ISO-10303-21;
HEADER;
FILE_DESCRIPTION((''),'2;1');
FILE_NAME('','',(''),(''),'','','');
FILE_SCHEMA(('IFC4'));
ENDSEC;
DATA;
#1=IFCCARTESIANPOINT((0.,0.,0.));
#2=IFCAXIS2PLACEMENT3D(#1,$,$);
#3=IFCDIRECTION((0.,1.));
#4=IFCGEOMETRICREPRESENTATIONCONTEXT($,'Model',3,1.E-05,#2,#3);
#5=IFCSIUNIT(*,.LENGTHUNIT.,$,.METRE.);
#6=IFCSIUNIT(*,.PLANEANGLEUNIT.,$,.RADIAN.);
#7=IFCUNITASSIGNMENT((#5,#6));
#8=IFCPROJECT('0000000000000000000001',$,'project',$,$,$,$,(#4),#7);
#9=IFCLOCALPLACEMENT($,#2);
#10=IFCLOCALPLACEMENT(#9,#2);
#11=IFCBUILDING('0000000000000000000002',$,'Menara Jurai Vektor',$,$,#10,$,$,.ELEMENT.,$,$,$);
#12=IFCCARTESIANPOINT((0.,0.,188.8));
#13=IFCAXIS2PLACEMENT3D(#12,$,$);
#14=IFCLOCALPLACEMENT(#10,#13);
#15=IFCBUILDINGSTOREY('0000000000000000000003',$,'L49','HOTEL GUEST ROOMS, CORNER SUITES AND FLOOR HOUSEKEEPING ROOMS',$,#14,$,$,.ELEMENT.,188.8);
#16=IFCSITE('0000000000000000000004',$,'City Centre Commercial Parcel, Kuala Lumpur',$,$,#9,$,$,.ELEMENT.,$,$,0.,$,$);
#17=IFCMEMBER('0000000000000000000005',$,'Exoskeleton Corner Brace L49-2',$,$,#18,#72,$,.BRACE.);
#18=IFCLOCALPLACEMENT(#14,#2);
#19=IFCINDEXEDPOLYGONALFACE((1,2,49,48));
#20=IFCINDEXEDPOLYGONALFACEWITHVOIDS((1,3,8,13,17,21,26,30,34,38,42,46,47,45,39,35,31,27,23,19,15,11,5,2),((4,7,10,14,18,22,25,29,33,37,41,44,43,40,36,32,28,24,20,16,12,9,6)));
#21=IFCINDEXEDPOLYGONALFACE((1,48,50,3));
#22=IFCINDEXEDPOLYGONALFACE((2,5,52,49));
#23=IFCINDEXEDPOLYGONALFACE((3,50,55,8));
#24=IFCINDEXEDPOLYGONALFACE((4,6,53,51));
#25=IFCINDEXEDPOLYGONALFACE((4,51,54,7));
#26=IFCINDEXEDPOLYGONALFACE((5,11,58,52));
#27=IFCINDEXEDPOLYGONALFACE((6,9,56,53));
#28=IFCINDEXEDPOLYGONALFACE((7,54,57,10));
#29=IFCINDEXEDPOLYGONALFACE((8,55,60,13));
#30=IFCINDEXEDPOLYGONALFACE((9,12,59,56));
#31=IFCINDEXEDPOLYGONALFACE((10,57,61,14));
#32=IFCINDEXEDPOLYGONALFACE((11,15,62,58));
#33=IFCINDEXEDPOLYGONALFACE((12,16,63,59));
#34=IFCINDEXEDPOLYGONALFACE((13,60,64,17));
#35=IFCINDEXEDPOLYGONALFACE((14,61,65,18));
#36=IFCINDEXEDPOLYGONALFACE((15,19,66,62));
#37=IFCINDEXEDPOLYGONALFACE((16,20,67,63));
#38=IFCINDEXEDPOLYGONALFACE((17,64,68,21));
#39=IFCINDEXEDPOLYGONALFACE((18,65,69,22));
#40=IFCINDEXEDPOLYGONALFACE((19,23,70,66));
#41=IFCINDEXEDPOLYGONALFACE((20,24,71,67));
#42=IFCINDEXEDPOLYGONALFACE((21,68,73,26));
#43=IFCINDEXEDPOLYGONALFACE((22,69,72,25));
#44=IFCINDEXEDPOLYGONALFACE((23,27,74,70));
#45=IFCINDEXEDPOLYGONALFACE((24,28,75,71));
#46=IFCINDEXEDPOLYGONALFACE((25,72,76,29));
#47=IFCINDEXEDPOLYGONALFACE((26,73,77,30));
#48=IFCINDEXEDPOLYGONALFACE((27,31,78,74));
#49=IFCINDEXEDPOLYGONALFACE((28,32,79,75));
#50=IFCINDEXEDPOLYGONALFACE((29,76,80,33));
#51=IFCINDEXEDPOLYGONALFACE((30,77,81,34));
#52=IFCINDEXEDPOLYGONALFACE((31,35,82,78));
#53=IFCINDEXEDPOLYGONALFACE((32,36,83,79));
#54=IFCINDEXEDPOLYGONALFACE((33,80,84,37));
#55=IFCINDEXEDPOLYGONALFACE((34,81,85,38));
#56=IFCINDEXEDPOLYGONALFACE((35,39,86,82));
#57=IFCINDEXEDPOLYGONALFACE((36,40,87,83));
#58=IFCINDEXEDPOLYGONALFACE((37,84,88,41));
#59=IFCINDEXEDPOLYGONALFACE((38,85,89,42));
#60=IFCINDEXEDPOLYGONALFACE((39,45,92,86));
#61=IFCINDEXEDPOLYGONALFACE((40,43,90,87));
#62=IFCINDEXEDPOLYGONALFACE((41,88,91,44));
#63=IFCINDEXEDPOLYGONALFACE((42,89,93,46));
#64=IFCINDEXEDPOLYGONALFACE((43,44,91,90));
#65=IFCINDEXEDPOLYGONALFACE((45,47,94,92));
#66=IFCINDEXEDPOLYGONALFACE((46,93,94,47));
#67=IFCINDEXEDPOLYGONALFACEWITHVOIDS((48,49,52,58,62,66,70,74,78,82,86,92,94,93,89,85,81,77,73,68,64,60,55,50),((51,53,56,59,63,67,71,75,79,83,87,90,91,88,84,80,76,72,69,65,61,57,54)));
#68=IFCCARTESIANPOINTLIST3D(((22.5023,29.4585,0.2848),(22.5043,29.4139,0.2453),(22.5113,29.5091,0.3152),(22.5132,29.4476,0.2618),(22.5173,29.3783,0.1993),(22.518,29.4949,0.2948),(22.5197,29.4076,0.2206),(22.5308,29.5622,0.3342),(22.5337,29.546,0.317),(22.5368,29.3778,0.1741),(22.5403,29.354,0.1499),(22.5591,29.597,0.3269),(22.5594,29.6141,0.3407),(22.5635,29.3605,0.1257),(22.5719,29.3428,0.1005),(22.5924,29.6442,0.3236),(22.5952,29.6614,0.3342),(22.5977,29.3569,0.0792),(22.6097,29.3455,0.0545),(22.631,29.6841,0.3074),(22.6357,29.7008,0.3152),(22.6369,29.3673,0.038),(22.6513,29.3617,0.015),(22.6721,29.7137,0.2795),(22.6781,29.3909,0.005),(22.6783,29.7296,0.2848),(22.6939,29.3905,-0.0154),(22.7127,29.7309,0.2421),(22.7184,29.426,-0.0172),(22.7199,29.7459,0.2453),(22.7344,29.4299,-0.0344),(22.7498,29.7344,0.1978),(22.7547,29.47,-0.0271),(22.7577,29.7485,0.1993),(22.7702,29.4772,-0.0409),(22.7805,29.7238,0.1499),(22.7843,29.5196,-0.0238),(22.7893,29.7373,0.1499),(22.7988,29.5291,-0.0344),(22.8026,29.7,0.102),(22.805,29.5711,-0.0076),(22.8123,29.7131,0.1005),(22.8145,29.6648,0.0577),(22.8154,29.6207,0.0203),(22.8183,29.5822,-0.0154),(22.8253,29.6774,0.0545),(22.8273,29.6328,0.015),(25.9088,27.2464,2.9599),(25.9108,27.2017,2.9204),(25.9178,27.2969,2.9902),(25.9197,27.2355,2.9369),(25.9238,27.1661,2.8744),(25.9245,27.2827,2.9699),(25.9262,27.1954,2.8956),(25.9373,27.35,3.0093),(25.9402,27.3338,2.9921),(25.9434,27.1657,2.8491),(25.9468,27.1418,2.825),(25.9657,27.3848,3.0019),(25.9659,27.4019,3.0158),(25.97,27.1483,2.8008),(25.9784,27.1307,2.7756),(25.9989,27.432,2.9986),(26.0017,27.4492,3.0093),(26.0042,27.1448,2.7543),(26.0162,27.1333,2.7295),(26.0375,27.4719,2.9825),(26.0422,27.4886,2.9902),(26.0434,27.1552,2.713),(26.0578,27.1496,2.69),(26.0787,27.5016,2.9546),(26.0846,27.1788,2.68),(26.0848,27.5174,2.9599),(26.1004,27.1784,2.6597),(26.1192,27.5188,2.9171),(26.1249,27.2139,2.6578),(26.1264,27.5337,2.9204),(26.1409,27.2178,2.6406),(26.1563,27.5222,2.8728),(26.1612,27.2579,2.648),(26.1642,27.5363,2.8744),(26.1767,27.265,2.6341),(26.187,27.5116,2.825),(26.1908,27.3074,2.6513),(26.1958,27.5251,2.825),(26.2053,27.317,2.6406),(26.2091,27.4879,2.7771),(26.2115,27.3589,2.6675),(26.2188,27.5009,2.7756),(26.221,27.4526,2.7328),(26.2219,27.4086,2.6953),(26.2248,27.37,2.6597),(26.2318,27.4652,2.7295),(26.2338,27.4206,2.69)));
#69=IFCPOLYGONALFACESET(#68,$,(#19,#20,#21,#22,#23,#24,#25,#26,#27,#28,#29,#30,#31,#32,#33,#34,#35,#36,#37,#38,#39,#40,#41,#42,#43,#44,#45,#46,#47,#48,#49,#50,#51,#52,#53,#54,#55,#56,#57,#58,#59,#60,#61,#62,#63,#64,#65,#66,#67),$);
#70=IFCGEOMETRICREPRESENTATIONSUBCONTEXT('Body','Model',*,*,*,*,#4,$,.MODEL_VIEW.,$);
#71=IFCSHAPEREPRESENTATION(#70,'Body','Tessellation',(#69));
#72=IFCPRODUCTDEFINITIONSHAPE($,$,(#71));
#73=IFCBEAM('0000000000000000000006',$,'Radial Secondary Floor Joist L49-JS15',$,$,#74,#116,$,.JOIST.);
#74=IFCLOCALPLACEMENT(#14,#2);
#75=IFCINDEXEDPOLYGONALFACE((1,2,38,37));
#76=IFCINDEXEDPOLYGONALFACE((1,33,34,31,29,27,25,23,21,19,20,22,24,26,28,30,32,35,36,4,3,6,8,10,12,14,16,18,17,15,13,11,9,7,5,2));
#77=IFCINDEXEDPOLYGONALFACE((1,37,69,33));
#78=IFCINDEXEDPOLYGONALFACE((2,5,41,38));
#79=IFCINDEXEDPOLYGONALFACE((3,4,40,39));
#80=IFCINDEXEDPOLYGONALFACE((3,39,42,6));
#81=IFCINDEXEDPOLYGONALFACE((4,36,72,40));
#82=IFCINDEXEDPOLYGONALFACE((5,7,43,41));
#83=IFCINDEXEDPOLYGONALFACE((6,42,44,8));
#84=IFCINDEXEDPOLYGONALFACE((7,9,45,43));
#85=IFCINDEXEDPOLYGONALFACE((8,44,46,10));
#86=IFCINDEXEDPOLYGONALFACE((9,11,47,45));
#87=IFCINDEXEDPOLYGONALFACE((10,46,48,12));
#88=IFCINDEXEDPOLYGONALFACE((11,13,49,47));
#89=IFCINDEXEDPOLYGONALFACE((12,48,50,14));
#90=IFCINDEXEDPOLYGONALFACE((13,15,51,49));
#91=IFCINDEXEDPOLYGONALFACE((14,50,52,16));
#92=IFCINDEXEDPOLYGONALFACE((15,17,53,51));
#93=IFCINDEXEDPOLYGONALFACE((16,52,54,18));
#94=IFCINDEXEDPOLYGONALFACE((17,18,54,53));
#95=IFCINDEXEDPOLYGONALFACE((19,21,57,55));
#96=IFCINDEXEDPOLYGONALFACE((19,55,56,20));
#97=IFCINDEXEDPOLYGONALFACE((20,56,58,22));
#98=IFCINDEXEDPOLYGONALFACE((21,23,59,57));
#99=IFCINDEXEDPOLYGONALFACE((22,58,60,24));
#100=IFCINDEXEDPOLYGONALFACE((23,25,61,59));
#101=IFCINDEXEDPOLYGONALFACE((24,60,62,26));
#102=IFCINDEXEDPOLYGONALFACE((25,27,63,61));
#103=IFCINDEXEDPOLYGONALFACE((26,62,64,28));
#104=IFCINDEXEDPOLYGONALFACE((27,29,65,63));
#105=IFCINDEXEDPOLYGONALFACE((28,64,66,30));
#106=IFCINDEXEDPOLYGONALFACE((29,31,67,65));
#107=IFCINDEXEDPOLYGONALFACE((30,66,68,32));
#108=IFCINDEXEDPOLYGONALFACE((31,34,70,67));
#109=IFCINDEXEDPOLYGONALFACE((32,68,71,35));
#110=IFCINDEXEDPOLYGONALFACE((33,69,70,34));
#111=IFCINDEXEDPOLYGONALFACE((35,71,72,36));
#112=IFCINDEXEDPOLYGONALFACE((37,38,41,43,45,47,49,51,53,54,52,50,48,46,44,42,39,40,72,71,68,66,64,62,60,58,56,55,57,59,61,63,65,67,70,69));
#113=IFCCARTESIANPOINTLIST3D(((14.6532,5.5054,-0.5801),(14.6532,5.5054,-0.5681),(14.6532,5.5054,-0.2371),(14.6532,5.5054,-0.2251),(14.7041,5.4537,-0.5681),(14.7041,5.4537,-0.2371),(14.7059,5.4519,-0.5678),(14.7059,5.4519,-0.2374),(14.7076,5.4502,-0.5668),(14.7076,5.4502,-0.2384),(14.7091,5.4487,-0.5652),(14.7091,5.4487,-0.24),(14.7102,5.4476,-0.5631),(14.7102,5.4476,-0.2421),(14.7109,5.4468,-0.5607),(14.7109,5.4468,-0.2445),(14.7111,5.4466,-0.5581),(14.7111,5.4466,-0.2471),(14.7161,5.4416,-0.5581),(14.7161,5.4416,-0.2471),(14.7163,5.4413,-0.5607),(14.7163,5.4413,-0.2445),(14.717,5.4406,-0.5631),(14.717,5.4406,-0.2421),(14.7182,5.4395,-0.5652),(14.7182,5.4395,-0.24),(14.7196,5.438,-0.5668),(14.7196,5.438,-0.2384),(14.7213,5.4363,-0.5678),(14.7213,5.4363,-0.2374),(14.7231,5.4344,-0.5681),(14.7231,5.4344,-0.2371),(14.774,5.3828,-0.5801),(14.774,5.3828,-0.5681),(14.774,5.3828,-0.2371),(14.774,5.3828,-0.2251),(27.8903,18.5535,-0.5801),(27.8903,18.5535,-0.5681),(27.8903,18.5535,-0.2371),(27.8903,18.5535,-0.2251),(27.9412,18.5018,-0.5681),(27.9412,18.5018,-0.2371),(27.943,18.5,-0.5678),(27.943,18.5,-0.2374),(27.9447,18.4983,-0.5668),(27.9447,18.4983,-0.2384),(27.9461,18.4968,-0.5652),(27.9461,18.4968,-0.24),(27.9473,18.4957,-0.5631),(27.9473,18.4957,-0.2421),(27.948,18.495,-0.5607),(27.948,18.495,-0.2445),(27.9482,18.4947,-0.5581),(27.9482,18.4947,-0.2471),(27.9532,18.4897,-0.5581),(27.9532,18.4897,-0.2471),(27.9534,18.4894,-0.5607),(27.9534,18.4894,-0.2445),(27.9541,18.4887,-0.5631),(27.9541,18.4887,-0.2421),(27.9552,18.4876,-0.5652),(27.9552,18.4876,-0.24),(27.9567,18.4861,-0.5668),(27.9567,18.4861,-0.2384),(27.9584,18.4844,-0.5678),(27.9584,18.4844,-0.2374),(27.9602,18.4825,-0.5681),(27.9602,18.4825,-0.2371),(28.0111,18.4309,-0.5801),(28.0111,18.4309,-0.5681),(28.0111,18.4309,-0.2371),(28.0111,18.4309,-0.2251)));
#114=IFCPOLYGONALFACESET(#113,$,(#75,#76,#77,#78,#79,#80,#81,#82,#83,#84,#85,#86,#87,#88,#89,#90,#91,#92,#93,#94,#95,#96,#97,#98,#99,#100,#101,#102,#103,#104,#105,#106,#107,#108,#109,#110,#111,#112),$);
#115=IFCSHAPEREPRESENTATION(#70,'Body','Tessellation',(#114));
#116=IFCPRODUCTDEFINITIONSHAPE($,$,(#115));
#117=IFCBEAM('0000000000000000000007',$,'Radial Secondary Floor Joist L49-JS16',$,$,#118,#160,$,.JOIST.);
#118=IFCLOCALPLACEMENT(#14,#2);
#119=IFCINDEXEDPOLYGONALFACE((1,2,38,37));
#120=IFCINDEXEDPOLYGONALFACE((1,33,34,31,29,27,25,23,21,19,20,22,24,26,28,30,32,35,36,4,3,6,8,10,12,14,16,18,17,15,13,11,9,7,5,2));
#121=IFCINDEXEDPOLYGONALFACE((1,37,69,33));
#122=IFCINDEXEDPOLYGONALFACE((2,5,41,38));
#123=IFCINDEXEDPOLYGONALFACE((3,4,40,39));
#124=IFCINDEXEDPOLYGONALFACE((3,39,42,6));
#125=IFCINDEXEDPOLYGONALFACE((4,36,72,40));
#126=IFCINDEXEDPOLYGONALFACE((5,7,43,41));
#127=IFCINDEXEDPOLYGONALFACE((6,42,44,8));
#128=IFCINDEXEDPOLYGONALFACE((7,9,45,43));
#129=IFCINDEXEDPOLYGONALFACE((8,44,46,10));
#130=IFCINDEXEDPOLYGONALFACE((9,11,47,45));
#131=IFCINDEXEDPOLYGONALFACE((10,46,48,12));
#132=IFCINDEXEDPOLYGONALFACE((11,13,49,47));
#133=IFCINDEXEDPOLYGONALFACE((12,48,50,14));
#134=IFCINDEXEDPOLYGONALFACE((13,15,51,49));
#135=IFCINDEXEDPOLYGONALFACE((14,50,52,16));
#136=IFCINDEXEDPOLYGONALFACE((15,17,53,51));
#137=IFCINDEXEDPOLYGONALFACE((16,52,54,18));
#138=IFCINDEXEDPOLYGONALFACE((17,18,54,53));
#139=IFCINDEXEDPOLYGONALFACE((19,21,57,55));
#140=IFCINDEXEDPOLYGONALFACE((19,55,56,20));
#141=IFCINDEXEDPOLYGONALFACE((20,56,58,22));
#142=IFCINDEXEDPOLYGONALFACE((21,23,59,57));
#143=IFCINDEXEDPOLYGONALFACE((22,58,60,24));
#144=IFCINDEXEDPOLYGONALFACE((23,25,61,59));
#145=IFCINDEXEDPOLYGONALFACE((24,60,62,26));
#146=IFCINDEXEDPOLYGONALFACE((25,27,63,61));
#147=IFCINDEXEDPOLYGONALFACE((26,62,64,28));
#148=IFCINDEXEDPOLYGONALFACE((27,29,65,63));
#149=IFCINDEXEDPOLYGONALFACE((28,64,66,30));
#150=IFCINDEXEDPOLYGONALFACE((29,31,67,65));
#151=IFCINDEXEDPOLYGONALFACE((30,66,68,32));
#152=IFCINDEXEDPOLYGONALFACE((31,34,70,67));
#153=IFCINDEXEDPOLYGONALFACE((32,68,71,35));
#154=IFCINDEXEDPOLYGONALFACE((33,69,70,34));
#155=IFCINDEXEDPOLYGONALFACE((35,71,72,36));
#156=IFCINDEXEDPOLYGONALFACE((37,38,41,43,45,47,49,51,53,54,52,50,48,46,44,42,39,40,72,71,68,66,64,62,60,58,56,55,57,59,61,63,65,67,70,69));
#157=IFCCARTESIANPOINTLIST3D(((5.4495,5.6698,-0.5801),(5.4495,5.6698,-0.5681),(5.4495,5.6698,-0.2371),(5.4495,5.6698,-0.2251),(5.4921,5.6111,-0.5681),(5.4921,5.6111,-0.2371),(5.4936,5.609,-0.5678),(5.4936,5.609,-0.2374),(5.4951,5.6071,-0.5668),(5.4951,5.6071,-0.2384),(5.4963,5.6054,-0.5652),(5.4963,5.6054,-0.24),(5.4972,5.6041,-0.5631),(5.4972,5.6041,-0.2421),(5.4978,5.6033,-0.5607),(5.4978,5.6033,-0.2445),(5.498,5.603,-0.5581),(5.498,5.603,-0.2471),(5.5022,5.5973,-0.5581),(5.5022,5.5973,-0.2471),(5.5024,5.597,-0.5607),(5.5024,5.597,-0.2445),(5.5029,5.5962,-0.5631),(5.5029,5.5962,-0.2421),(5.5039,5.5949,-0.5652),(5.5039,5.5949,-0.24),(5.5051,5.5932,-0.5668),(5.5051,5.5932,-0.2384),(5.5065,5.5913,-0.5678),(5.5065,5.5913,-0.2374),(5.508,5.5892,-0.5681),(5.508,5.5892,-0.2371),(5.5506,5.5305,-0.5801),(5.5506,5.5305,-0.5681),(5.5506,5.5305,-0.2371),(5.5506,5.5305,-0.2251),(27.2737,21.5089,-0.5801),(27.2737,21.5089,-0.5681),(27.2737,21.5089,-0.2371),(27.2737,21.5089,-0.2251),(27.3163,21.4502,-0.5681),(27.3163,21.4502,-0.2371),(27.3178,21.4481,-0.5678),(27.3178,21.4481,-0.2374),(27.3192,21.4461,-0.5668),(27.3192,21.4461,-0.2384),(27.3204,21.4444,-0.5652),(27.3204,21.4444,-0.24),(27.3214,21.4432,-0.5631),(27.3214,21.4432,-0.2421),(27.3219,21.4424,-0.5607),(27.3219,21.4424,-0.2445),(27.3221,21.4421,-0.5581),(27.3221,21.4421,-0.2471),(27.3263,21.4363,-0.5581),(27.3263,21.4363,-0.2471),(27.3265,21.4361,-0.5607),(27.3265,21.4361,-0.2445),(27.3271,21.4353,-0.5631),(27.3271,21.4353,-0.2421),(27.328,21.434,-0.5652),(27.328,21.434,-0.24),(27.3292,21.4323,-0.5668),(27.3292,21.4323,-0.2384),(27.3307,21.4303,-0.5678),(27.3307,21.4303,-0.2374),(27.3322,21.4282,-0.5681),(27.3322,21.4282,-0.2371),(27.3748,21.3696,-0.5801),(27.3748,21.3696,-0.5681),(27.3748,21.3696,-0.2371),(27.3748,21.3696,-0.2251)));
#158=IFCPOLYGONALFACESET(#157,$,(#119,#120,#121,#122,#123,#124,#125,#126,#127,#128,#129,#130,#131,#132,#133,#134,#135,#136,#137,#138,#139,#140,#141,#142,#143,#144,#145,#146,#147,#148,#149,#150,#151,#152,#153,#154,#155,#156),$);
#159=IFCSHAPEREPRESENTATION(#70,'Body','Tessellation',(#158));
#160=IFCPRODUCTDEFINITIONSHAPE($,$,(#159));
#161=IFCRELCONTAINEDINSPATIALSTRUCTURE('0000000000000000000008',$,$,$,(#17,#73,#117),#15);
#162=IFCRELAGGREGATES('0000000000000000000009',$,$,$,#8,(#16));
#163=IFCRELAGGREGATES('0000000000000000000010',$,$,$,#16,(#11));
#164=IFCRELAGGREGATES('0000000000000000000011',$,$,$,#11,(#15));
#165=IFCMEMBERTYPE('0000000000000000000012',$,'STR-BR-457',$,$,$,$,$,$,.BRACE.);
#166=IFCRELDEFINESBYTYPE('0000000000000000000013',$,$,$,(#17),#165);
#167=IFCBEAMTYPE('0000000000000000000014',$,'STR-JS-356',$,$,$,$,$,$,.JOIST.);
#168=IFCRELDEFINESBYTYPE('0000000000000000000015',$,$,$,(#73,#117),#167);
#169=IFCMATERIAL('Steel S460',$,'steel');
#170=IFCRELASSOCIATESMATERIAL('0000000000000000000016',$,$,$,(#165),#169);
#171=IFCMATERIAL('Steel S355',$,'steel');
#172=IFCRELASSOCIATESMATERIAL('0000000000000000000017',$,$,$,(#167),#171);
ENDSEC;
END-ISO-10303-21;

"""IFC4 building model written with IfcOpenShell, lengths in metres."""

from ifc_helpers import new_model, si_unit, direction, frame, origin, origin_2d, place, context, subcontext, project, spatial, hollow_circle, i_section, extrude, material, material_profile, profile_set, type_object, element, save


model = new_model("IFC4")

# Units and contexts
model_context = context("Model", 3, precision=1e-05, world=origin(), true_north=direction((0.0, 1.0)))
body_context = subcontext(model_context, "Body", "Model", "MODEL_VIEW")
ifc_project = project(units=[si_unit("LENGTHUNIT", "METRE"), si_unit("PLANEANGLEUNIT", "RADIAN")], contexts=[model_context])

# Site, building, storey
site_placement = place(None, origin())
site = spatial("IfcSite", under=ifc_project, at=site_placement, Name="City Centre Commercial Parcel, Kuala Lumpur", CompositionType="ELEMENT", RefElevation=0.0)
building_placement = place(site_placement, origin())
building = spatial("IfcBuilding", under=site, at=building_placement, Name="Menara Jurai Vektor", CompositionType="ELEMENT")
storey_placement = place(building_placement, frame((0.0, 0.0, 188.8)))
storey = spatial("IfcBuildingStorey", under=building, at=storey_placement, Name="L49", Description="HOTEL GUEST ROOMS, CORNER SUITES AND FLOOR HOUSEKEEPING ROOMS", CompositionType="ELEMENT", Elevation=188.8)

# Shared definitions
ifc_material_1 = material(Name="Steel S460", Category="steel")

# Shared definitions
ifc_material_2 = material(Name="Steel S355", Category="steel")

# Member
ifc_material_profile_1 = material_profile(ifc_material_1, hollow_circle(Radius=0.2285, WallThickness=0.0161, at=origin_2d()), Name="CHS 457x16")
ifc_profile_set_1 = profile_set([ifc_material_profile_1], Name="Steel S460")
member_type_1 = type_object("IfcMemberType", Name="STR-BR-457", PredefinedType="BRACE", material=ifc_profile_set_1)
member_1_placement = place(storey_placement, frame((22.6648, 29.5457, 0.1499), z_axis=(0.700419, -0.454848, 0.550024), x_axis=(0.544631, 0.838676, 0.0)))
element("IfcMember", 1, at=member_1_placement, inside=storey, type_object=member_type_1, Name="Exoskeleton Corner Brace L49-2", PredefinedType="BRACE", context=body_context, shape_type="SweptSolid", body=[
    extrude(hollow_circle(Radius=0.2285, WallThickness=0.0161, at=origin_2d()), origin(), (0.0, 0.0, 1.0), 4.8635),
])

# Beams
ifc_material_profile_2 = material_profile(ifc_material_2, i_section(OverallWidth=0.1721, OverallDepth=0.355, WebThickness=0.0071, FlangeThickness=0.012, FilletRadius=0.01, at=origin_2d()), Name="UKB 356x171x51")
ifc_profile_set_2 = profile_set([ifc_material_profile_2], Name="Steel S355")
beam_type_1 = type_object("IfcBeamType", Name="STR-JS-356", PredefinedType="JOIST", material=ifc_profile_set_2)
beam_1_placement = place(storey_placement, frame((27.9507, 18.4922, -0.4026), z_axis=(-0.712172, -0.702005, 0.0), x_axis=(0.702005, -0.712172, 0.0)))
element("IfcBeam", 2, at=beam_1_placement, inside=storey, type_object=beam_type_1, Name="Radial Secondary Floor Joist L49-JS15", PredefinedType="JOIST", context=body_context, shape_type="SweptSolid", body=[
    extrude(i_section(OverallWidth=0.1721, OverallDepth=0.355, WebThickness=0.0071, FlangeThickness=0.012, FilletRadius=0.01, at=origin_2d()), origin(), (0.0, 0.0, 1.0), 18.5869),
])
beam_2_placement = place(storey_placement, frame((27.3242, 21.4392, -0.4026), z_axis=(-0.809319, -0.58737, 0.0), x_axis=(0.58737, -0.809319, 0.0)))
element("IfcBeam", 3, at=beam_2_placement, inside=storey, type_object=beam_type_1, Name="Radial Secondary Floor Joist L49-JS16", PredefinedType="JOIST", context=body_context, shape_type="SweptSolid", body=[
    extrude(i_section(OverallWidth=0.1721, OverallDepth=0.355, WebThickness=0.0071, FlangeThickness=0.012, FilletRadius=0.01, at=origin_2d()), origin(), (0.0, 0.0, 1.0), 26.9661),
])

save(model, "model.ifc")
